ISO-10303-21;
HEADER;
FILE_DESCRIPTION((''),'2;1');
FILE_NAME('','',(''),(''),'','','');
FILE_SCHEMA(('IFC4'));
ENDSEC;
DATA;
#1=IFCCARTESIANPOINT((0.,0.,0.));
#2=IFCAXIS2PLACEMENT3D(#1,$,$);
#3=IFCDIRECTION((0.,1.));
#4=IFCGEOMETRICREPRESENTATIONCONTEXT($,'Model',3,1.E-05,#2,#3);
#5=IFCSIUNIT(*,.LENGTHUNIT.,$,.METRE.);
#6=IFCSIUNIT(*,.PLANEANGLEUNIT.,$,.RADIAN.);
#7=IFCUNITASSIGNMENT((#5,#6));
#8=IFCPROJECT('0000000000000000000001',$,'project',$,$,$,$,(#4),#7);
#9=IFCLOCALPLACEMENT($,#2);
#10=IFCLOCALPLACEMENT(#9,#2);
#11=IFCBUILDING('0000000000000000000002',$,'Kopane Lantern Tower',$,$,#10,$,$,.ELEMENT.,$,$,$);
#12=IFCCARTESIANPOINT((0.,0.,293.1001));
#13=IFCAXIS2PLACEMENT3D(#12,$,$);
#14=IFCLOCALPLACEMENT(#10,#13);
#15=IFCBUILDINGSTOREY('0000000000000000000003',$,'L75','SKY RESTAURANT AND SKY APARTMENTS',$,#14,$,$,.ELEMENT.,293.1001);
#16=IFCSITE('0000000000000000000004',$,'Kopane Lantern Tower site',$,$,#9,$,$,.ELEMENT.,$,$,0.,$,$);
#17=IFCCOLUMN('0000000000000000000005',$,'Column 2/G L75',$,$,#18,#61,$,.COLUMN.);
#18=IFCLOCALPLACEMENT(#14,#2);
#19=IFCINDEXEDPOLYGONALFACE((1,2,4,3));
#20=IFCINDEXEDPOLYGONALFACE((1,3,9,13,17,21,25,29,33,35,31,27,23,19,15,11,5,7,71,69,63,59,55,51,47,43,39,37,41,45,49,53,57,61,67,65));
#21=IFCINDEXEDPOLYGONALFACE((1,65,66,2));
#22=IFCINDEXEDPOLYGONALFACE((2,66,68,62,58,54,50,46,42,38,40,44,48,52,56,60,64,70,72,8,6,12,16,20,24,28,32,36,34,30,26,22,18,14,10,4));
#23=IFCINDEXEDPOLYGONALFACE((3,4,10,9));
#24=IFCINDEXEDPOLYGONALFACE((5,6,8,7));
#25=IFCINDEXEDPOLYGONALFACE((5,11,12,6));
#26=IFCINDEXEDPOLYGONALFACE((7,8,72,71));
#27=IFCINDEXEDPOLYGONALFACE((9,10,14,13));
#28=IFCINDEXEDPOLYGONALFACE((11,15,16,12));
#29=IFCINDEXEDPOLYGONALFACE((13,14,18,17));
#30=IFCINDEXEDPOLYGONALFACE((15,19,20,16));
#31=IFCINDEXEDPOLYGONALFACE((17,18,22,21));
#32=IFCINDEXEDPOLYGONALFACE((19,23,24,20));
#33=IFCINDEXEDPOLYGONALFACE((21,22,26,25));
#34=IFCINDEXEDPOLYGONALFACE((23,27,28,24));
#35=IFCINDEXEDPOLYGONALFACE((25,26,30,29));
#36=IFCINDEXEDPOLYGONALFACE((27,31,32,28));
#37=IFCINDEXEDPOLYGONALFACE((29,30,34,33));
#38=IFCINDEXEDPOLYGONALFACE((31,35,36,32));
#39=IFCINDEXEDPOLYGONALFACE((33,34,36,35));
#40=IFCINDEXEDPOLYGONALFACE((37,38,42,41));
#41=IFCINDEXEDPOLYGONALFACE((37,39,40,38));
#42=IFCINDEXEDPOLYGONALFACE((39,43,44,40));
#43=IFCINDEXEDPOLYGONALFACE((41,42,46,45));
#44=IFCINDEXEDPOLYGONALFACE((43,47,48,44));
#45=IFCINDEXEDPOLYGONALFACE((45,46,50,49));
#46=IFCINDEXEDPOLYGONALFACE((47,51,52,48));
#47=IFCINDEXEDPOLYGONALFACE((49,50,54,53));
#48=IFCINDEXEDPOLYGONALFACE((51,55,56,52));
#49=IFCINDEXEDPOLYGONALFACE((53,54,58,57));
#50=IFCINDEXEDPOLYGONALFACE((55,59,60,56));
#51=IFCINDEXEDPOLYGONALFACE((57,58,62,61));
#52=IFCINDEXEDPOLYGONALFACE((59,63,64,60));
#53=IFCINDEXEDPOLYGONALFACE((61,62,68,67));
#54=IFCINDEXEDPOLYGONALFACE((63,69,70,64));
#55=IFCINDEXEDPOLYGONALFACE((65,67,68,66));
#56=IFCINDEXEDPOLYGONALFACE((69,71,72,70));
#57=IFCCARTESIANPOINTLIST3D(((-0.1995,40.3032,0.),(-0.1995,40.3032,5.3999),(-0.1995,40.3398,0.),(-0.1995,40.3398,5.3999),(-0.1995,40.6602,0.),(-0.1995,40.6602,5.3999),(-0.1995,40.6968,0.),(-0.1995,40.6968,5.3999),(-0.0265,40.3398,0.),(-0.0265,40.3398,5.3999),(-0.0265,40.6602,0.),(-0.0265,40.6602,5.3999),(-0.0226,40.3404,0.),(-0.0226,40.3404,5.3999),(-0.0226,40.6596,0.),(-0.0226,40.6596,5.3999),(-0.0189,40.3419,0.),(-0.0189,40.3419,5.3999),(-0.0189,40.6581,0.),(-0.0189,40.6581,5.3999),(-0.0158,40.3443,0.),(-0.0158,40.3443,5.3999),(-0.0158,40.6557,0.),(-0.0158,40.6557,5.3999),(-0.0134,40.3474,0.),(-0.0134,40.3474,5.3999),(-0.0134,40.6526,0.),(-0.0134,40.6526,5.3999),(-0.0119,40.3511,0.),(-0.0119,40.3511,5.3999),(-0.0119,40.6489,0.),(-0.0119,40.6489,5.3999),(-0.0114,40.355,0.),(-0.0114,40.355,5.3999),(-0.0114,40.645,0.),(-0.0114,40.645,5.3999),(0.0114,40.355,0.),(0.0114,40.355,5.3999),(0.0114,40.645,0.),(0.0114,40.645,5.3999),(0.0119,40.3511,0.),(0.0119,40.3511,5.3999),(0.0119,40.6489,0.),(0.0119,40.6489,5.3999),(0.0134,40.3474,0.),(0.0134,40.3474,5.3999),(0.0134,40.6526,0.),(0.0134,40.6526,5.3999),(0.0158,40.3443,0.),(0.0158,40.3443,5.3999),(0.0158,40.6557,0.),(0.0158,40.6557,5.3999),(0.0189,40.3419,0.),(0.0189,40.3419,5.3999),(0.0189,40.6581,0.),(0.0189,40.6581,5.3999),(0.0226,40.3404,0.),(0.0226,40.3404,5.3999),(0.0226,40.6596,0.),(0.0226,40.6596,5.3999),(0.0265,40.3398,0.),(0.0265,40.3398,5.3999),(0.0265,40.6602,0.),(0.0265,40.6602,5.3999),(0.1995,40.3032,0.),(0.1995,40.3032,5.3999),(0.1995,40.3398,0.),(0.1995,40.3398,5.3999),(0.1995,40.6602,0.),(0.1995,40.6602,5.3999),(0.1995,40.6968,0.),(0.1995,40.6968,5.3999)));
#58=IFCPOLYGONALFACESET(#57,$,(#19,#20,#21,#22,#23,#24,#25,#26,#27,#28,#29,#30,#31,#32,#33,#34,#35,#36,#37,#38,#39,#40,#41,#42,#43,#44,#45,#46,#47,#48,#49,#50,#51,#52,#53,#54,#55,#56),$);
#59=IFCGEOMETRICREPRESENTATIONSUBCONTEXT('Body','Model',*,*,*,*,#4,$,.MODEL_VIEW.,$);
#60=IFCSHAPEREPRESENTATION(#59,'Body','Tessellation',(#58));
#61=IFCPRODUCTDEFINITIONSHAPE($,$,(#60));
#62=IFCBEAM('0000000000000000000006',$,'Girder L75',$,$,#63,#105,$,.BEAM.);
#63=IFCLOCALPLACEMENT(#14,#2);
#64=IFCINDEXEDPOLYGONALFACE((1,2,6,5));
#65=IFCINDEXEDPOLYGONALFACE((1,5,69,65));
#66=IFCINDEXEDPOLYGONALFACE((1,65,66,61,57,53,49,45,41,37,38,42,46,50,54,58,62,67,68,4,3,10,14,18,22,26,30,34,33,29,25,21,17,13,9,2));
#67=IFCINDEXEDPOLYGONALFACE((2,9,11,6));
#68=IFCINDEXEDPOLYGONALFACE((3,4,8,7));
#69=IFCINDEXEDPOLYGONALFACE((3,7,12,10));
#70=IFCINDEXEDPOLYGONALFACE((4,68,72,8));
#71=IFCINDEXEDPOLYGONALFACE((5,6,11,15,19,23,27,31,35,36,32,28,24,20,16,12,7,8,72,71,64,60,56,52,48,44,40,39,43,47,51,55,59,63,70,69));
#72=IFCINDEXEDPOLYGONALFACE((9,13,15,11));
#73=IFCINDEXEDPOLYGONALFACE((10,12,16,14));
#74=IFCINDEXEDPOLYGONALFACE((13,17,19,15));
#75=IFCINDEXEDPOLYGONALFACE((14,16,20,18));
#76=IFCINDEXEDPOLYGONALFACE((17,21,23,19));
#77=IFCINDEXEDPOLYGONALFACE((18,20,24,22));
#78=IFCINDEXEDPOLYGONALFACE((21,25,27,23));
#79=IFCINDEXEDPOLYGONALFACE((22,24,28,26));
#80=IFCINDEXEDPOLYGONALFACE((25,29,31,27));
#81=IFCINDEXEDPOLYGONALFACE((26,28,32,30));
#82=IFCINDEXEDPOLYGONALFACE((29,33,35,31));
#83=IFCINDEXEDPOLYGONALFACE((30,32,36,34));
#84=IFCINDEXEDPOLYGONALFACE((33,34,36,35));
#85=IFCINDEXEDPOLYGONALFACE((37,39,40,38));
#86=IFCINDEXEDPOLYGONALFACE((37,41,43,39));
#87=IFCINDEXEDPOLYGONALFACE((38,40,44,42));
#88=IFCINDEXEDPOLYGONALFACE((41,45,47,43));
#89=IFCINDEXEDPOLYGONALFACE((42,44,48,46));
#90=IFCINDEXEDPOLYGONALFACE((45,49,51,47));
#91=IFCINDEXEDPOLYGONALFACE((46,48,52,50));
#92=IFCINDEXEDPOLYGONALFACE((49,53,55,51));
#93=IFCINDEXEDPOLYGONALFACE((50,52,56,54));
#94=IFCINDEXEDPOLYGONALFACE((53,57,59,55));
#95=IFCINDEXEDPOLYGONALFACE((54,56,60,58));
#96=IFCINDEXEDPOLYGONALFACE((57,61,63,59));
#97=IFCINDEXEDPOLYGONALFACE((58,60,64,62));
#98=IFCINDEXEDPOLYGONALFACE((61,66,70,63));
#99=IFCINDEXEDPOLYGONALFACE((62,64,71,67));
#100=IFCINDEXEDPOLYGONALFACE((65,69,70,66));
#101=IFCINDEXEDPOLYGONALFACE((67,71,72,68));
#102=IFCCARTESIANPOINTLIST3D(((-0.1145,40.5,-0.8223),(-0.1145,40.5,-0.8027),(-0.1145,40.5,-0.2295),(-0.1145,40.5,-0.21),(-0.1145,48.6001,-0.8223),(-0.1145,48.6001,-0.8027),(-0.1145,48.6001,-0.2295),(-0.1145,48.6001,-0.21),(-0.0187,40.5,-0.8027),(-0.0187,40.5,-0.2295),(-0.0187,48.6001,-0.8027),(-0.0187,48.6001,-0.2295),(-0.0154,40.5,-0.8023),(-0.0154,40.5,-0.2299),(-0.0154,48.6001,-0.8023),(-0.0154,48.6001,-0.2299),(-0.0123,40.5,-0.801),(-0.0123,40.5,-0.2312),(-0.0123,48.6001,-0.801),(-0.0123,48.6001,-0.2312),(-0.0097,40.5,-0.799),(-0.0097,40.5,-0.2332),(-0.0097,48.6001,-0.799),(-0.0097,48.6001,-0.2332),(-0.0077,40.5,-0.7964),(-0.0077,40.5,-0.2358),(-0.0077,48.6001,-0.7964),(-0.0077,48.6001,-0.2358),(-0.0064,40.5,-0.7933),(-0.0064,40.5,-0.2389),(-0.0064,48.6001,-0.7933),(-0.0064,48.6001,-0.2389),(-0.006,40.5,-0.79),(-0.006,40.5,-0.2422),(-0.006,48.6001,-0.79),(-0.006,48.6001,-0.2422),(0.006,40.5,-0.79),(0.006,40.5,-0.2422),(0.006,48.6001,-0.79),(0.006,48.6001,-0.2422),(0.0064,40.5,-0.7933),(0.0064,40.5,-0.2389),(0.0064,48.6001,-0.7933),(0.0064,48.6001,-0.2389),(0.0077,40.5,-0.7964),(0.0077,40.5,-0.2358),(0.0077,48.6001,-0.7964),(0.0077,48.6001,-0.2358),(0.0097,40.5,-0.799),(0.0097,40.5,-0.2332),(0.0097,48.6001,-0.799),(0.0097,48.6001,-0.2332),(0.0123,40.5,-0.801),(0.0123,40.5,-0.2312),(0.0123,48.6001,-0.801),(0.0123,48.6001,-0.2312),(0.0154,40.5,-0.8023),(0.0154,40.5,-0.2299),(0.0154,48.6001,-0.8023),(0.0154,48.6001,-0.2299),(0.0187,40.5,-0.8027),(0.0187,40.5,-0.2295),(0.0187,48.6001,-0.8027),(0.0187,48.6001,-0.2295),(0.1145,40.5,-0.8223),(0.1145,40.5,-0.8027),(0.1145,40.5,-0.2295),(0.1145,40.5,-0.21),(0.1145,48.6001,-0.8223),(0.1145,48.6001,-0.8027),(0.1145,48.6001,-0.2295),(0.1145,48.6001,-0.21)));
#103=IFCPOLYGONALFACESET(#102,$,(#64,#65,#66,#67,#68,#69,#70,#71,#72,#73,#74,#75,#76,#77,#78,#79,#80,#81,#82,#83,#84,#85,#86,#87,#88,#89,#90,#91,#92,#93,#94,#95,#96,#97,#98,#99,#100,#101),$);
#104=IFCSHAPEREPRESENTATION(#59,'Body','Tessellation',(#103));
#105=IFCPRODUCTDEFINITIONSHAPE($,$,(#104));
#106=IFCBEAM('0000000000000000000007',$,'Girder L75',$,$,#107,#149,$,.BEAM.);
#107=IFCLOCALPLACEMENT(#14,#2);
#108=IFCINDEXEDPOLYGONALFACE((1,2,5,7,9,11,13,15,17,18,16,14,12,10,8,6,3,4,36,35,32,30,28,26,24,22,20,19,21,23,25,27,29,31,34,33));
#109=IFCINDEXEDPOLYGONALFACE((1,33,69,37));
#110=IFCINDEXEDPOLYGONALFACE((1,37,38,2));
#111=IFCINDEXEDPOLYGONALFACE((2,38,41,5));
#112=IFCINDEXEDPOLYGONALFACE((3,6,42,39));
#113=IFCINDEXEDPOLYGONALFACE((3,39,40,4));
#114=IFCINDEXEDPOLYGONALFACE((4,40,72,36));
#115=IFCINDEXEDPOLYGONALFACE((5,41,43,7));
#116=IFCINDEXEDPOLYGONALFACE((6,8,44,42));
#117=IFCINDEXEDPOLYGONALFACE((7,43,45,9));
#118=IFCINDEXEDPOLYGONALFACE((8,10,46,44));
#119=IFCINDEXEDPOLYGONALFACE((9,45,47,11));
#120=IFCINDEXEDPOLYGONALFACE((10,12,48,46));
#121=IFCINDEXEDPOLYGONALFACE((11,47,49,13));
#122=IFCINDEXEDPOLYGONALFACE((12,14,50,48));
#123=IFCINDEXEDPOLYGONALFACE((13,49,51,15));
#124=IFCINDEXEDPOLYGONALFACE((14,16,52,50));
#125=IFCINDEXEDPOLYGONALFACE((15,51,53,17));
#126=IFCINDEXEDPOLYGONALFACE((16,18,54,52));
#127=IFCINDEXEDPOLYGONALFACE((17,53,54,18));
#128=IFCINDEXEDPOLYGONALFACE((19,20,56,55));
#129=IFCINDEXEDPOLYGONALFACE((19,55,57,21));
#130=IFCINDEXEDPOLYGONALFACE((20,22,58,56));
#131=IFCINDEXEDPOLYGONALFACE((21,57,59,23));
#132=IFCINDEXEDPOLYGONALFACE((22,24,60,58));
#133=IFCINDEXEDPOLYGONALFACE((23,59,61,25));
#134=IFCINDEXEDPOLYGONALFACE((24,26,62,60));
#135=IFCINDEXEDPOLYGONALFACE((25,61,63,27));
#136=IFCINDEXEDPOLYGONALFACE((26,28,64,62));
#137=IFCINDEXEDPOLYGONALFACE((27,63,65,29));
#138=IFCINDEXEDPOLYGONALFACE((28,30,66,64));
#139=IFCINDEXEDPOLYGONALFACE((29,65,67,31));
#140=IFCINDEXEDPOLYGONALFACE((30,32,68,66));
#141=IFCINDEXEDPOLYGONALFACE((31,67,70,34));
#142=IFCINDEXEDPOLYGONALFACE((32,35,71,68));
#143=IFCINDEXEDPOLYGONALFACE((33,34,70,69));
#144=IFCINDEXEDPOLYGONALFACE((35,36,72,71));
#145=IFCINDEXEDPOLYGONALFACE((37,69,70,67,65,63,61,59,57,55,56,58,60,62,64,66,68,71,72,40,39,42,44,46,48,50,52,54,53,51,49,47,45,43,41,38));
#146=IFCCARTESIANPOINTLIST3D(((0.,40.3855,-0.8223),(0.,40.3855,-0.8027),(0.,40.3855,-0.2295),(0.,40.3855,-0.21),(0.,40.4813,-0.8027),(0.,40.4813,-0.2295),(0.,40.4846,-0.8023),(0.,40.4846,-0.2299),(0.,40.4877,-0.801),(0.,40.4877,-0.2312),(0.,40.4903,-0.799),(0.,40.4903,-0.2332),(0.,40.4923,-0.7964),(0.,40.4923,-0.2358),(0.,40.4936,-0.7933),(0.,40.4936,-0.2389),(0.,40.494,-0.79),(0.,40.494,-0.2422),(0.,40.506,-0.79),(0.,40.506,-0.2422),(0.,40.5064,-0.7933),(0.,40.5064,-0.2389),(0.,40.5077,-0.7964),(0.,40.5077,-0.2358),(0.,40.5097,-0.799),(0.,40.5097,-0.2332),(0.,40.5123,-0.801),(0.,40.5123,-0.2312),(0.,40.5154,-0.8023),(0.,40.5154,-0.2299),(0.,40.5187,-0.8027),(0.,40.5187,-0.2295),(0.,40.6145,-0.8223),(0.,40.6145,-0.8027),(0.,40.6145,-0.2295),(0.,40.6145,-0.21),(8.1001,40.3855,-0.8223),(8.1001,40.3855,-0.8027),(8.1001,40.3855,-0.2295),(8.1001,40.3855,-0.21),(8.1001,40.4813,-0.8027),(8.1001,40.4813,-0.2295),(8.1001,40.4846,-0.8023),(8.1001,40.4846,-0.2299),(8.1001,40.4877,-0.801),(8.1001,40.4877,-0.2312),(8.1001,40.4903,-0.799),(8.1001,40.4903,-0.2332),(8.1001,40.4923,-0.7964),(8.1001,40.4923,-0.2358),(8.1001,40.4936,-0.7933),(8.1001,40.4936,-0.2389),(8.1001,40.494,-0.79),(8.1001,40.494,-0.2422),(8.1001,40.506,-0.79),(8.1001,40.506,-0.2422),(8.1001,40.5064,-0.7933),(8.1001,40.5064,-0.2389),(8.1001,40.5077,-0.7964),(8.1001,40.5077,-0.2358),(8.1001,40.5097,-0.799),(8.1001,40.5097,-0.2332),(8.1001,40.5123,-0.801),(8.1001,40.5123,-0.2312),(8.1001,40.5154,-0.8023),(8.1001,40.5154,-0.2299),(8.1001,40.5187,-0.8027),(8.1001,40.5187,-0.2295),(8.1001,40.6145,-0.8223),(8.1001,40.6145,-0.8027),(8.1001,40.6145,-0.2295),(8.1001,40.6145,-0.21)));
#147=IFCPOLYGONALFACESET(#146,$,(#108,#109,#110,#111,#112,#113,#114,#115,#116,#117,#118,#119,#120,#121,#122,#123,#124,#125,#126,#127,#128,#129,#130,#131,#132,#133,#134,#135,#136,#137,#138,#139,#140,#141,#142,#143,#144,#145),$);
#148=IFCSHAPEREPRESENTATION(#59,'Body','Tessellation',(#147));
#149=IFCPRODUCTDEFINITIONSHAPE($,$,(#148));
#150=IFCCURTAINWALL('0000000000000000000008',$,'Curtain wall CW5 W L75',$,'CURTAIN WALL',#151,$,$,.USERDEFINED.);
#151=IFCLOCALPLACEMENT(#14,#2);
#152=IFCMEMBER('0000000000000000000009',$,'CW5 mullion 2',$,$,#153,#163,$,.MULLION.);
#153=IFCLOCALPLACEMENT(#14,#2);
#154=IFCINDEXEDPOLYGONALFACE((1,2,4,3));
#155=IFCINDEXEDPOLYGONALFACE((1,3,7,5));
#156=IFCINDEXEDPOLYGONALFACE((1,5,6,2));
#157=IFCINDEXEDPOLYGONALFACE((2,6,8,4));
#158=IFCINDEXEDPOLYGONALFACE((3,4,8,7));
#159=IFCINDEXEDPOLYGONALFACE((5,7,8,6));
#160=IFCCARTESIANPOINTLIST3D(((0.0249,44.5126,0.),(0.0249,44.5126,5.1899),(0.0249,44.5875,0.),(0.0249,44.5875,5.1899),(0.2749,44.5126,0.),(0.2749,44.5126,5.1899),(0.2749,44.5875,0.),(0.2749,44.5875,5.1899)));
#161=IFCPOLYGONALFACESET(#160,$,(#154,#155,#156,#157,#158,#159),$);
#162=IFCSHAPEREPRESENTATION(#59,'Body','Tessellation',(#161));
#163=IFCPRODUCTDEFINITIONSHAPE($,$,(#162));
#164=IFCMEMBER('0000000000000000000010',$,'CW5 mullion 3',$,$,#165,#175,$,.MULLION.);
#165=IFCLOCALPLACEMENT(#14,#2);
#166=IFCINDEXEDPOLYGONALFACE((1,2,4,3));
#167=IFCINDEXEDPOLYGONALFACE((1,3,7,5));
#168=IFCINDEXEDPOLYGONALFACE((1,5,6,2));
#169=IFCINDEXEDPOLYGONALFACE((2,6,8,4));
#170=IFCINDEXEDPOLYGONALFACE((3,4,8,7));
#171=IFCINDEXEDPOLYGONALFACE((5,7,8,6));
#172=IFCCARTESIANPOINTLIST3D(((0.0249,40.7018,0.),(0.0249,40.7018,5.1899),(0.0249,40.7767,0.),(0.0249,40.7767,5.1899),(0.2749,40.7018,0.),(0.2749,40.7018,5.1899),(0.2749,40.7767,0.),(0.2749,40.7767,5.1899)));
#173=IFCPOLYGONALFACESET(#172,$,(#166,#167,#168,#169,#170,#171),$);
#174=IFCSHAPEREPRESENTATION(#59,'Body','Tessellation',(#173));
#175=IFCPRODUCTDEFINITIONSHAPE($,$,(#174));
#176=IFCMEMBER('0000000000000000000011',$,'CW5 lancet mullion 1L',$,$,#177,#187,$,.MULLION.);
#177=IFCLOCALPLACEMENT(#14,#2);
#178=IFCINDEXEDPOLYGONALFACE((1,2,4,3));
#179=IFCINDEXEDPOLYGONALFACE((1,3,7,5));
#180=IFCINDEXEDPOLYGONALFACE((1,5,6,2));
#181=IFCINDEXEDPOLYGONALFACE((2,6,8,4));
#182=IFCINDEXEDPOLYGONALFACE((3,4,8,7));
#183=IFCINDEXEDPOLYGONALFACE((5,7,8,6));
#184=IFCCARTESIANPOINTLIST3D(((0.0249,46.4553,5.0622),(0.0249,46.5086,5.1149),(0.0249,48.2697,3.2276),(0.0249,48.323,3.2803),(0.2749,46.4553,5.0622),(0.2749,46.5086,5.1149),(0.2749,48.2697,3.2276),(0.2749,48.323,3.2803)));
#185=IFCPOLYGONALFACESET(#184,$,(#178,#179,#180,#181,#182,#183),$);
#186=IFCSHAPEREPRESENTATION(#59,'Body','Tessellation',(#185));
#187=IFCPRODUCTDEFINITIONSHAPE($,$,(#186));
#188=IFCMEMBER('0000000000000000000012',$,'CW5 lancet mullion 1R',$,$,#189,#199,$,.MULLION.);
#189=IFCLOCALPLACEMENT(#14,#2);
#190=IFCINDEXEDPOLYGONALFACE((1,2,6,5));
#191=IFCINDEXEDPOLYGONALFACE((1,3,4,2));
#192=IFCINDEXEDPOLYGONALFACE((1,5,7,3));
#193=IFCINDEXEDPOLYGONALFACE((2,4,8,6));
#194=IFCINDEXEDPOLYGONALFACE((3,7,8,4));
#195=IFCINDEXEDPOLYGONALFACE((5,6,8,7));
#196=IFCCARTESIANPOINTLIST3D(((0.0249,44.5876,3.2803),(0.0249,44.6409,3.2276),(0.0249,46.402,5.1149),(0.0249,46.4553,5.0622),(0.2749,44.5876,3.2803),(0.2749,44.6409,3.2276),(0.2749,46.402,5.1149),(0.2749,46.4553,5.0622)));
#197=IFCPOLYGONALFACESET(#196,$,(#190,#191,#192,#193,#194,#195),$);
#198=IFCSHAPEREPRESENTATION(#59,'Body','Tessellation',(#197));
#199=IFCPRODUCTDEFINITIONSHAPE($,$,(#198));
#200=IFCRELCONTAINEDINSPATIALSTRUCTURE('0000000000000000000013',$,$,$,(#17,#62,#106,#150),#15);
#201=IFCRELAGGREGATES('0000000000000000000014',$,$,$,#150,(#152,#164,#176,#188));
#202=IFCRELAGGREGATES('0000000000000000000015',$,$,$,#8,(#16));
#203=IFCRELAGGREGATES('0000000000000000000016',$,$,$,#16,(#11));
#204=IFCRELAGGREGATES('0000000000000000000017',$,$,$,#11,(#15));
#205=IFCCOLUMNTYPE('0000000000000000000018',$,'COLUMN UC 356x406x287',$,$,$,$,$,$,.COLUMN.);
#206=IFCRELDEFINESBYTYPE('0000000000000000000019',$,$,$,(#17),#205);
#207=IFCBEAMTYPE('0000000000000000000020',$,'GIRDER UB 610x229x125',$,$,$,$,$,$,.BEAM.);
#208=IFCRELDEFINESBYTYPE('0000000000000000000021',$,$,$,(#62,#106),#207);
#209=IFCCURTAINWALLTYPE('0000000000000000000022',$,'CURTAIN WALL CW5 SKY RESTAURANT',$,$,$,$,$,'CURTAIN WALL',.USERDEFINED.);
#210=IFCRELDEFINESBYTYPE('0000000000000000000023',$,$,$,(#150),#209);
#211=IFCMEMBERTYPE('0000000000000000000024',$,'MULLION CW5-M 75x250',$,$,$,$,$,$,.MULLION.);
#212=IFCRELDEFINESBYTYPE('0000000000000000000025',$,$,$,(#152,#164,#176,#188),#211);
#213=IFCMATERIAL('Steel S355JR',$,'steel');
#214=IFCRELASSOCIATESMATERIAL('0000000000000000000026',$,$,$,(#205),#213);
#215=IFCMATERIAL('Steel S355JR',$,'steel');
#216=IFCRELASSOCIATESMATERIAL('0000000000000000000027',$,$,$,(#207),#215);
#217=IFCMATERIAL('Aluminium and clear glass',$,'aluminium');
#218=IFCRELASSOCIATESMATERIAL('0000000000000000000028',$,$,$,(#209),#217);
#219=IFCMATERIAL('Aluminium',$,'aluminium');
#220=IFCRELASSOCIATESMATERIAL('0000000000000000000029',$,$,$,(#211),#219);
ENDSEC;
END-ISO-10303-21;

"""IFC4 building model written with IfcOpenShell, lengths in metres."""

from ifc_helpers import new_model, si_unit, direction, frame, origin, origin_2d, place, context, subcontext, project, spatial, rectangle, i_section, extrude, material, material_profile, profile_set, type_object, element, aggregate, save


model = new_model("IFC4")

# Units and contexts
model_context = context("Model", 3, precision=1e-05, world=origin(), true_north=direction((0.0, 1.0)))
body_context = subcontext(model_context, "Body", "Model", "MODEL_VIEW")
ifc_project = project(units=[si_unit("LENGTHUNIT", "METRE"), si_unit("PLANEANGLEUNIT", "RADIAN")], contexts=[model_context])

# Site, building, storey
site_placement = place(None, origin())
site = spatial("IfcSite", under=ifc_project, at=site_placement, Name="Kopane Lantern Tower site", CompositionType="ELEMENT", RefElevation=0.0)
building_placement = place(site_placement, origin())
building = spatial("IfcBuilding", under=site, at=building_placement, Name="Kopane Lantern Tower", CompositionType="ELEMENT")
storey_placement = place(building_placement, frame((0.0, 0.0, 293.1001)))
storey = spatial("IfcBuildingStorey", under=building, at=storey_placement, Name="L75", Description="SKY RESTAURANT AND SKY APARTMENTS", CompositionType="ELEMENT", Elevation=293.1001)

# Column
ifc_material_1 = material(Name="Steel S355JR", Category="steel")
ifc_material_profile_1 = material_profile(ifc_material_1, i_section(OverallWidth=0.3989, OverallDepth=0.3936, WebThickness=0.0227, FlangeThickness=0.0366, FilletRadius=0.0151, at=origin_2d()), Name="UC 356x406x287")
ifc_profile_set_1 = profile_set([ifc_material_profile_1], Name="Steel S355JR")
column_type = type_object("IfcColumnType", Name="COLUMN UC 356x406x287", PredefinedType="COLUMN", material=ifc_profile_set_1)
column_placement = place(storey_placement, frame((0.0, 40.5, 0.0), z_axis=(0.0, 0.0, 1.0), x_axis=(1.0, 0.0, 0.0)))
element("IfcColumn", 1, at=column_placement, inside=storey, type_object=column_type, Name="Column 2/G L75", PredefinedType="COLUMN", context=body_context, shape_type="SweptSolid", body=[
    extrude(i_section(OverallWidth=0.3989, OverallDepth=0.3936, WebThickness=0.0227, FlangeThickness=0.0366, FilletRadius=0.0151, at=origin_2d()), origin(), (0.0, 0.0, 1.0), 5.3999),
])

# Beams
ifc_material_2 = material(Name="Steel S355JR", Category="steel")
ifc_material_profile_2 = material_profile(ifc_material_2, i_section(OverallWidth=0.229, OverallDepth=0.6123, WebThickness=0.012, FlangeThickness=0.0195, FilletRadius=0.0127, at=origin_2d()), Name="UB 610x229x125")
ifc_profile_set_2 = profile_set([ifc_material_profile_2], Name="Steel S355JR")
beam_type = type_object("IfcBeamType", Name="GIRDER UB 610x229x125", PredefinedType="BEAM", material=ifc_profile_set_2)
for number, where, z_axis, x_axis, name in (
    (2, (0.0, 40.5, -0.5161), (0.0, 1.0, 0.0), (-1.0, 0.0, 0.0), "Girder L75"),
    (3, (0.0, 40.5, -0.5161), (1.0, 0.0, 0.0), (0.0, 1.0, 0.0), "Girder L75"),
):
    element("IfcBeam", number, at=place(storey_placement, frame(where, z_axis=z_axis, x_axis=x_axis)), inside=storey, type_object=beam_type, Name=name, PredefinedType="BEAM", context=body_context, shape_type="SweptSolid", body=[
        extrude(i_section(OverallWidth=0.229, OverallDepth=0.6123, WebThickness=0.012, FlangeThickness=0.0195, FilletRadius=0.0127, at=origin_2d()), origin(), (0.0, 0.0, 1.0), 8.1001),
    ])

# Curtain wall, members
ifc_material_3 = material(Name="Aluminium and clear glass", Category="aluminium")
curtain_wall_type = type_object("IfcCurtainWallType", Name="CURTAIN WALL CW5 SKY RESTAURANT", ElementType="CURTAIN WALL", PredefinedType="USERDEFINED", material=ifc_material_3)
curtain_wall_1_placement = place(storey_placement, origin())
curtain_wall_1 = element("IfcCurtainWall", 4, at=curtain_wall_1_placement, inside=storey, type_object=curtain_wall_type, Name="Curtain wall CW5 W L75", ObjectType="CURTAIN WALL", PredefinedType="USERDEFINED")
ifc_material_4 = material(Name="Aluminium", Category="aluminium")
ifc_material_profile_3 = material_profile(ifc_material_4, rectangle(XDim=0.075, YDim=0.25, at=origin_2d()), Name="AL 75x250")
ifc_profile_set_3 = profile_set([ifc_material_profile_3], Name="Aluminium")
member_type_1 = type_object("IfcMemberType", Name="MULLION CW5-M 75x250", PredefinedType="MULLION", material=ifc_profile_set_3)
member_1_placement = place(storey_placement, frame((0.1499, 44.55, 0.0), z_axis=(0.0, 0.0, 1.0), x_axis=(0.0, -1.0, 0.0)))
member_1 = element("IfcMember", 5, at=member_1_placement, type_object=member_type_1, Name="CW5 mullion 2", PredefinedType="MULLION", context=body_context, shape_type="SweptSolid", body=[
    extrude(rectangle(XDim=0.075, YDim=0.25, at=origin_2d()), origin(), (0.0, 0.0, 1.0), 5.1899),
])
member_2_placement = place(storey_placement, frame((0.1499, 40.7393, 0.0), z_axis=(0.0, 0.0, 1.0), x_axis=(0.0, -1.0, 0.0)))
member_2 = element("IfcMember", 6, at=member_2_placement, type_object=member_type_1, Name="CW5 mullion 3", PredefinedType="MULLION", context=body_context, shape_type="SweptSolid", body=[
    extrude(rectangle(XDim=0.075, YDim=0.25, at=origin_2d()), origin(), (0.0, 0.0, 1.0), 5.1899),
])
member_3_placement = place(storey_placement, frame((0.1499, 48.2964, 3.2539), z_axis=(0.0, -0.703169, 0.711022), x_axis=(0.0, 0.711022, 0.703169)))
member_3 = element("IfcMember", 7, at=member_3_placement, type_object=member_type_1, Name="CW5 lancet mullion 1L", PredefinedType="MULLION", context=body_context, shape_type="SweptSolid", body=[
    extrude(rectangle(XDim=0.075, YDim=0.25, at=origin_2d()), origin(), (0.0, 0.0, 1.0), 2.5803),
])
member_4_placement = place(storey_placement, frame((0.1499, 44.6143, 3.2539), z_axis=(0.0, 0.703169, 0.711022), x_axis=(0.0, -0.711022, 0.703169)))
member_4 = element("IfcMember", 8, at=member_4_placement, type_object=member_type_1, Name="CW5 lancet mullion 1R", PredefinedType="MULLION", context=body_context, shape_type="SweptSolid", body=[
    extrude(rectangle(XDim=0.075, YDim=0.25, at=origin_2d()), origin(), (0.0, 0.0, 1.0), 2.5803),
])

aggregate(curtain_wall_1, [member_1, member_2, member_3, member_4])

save(model, "model.ifc")
